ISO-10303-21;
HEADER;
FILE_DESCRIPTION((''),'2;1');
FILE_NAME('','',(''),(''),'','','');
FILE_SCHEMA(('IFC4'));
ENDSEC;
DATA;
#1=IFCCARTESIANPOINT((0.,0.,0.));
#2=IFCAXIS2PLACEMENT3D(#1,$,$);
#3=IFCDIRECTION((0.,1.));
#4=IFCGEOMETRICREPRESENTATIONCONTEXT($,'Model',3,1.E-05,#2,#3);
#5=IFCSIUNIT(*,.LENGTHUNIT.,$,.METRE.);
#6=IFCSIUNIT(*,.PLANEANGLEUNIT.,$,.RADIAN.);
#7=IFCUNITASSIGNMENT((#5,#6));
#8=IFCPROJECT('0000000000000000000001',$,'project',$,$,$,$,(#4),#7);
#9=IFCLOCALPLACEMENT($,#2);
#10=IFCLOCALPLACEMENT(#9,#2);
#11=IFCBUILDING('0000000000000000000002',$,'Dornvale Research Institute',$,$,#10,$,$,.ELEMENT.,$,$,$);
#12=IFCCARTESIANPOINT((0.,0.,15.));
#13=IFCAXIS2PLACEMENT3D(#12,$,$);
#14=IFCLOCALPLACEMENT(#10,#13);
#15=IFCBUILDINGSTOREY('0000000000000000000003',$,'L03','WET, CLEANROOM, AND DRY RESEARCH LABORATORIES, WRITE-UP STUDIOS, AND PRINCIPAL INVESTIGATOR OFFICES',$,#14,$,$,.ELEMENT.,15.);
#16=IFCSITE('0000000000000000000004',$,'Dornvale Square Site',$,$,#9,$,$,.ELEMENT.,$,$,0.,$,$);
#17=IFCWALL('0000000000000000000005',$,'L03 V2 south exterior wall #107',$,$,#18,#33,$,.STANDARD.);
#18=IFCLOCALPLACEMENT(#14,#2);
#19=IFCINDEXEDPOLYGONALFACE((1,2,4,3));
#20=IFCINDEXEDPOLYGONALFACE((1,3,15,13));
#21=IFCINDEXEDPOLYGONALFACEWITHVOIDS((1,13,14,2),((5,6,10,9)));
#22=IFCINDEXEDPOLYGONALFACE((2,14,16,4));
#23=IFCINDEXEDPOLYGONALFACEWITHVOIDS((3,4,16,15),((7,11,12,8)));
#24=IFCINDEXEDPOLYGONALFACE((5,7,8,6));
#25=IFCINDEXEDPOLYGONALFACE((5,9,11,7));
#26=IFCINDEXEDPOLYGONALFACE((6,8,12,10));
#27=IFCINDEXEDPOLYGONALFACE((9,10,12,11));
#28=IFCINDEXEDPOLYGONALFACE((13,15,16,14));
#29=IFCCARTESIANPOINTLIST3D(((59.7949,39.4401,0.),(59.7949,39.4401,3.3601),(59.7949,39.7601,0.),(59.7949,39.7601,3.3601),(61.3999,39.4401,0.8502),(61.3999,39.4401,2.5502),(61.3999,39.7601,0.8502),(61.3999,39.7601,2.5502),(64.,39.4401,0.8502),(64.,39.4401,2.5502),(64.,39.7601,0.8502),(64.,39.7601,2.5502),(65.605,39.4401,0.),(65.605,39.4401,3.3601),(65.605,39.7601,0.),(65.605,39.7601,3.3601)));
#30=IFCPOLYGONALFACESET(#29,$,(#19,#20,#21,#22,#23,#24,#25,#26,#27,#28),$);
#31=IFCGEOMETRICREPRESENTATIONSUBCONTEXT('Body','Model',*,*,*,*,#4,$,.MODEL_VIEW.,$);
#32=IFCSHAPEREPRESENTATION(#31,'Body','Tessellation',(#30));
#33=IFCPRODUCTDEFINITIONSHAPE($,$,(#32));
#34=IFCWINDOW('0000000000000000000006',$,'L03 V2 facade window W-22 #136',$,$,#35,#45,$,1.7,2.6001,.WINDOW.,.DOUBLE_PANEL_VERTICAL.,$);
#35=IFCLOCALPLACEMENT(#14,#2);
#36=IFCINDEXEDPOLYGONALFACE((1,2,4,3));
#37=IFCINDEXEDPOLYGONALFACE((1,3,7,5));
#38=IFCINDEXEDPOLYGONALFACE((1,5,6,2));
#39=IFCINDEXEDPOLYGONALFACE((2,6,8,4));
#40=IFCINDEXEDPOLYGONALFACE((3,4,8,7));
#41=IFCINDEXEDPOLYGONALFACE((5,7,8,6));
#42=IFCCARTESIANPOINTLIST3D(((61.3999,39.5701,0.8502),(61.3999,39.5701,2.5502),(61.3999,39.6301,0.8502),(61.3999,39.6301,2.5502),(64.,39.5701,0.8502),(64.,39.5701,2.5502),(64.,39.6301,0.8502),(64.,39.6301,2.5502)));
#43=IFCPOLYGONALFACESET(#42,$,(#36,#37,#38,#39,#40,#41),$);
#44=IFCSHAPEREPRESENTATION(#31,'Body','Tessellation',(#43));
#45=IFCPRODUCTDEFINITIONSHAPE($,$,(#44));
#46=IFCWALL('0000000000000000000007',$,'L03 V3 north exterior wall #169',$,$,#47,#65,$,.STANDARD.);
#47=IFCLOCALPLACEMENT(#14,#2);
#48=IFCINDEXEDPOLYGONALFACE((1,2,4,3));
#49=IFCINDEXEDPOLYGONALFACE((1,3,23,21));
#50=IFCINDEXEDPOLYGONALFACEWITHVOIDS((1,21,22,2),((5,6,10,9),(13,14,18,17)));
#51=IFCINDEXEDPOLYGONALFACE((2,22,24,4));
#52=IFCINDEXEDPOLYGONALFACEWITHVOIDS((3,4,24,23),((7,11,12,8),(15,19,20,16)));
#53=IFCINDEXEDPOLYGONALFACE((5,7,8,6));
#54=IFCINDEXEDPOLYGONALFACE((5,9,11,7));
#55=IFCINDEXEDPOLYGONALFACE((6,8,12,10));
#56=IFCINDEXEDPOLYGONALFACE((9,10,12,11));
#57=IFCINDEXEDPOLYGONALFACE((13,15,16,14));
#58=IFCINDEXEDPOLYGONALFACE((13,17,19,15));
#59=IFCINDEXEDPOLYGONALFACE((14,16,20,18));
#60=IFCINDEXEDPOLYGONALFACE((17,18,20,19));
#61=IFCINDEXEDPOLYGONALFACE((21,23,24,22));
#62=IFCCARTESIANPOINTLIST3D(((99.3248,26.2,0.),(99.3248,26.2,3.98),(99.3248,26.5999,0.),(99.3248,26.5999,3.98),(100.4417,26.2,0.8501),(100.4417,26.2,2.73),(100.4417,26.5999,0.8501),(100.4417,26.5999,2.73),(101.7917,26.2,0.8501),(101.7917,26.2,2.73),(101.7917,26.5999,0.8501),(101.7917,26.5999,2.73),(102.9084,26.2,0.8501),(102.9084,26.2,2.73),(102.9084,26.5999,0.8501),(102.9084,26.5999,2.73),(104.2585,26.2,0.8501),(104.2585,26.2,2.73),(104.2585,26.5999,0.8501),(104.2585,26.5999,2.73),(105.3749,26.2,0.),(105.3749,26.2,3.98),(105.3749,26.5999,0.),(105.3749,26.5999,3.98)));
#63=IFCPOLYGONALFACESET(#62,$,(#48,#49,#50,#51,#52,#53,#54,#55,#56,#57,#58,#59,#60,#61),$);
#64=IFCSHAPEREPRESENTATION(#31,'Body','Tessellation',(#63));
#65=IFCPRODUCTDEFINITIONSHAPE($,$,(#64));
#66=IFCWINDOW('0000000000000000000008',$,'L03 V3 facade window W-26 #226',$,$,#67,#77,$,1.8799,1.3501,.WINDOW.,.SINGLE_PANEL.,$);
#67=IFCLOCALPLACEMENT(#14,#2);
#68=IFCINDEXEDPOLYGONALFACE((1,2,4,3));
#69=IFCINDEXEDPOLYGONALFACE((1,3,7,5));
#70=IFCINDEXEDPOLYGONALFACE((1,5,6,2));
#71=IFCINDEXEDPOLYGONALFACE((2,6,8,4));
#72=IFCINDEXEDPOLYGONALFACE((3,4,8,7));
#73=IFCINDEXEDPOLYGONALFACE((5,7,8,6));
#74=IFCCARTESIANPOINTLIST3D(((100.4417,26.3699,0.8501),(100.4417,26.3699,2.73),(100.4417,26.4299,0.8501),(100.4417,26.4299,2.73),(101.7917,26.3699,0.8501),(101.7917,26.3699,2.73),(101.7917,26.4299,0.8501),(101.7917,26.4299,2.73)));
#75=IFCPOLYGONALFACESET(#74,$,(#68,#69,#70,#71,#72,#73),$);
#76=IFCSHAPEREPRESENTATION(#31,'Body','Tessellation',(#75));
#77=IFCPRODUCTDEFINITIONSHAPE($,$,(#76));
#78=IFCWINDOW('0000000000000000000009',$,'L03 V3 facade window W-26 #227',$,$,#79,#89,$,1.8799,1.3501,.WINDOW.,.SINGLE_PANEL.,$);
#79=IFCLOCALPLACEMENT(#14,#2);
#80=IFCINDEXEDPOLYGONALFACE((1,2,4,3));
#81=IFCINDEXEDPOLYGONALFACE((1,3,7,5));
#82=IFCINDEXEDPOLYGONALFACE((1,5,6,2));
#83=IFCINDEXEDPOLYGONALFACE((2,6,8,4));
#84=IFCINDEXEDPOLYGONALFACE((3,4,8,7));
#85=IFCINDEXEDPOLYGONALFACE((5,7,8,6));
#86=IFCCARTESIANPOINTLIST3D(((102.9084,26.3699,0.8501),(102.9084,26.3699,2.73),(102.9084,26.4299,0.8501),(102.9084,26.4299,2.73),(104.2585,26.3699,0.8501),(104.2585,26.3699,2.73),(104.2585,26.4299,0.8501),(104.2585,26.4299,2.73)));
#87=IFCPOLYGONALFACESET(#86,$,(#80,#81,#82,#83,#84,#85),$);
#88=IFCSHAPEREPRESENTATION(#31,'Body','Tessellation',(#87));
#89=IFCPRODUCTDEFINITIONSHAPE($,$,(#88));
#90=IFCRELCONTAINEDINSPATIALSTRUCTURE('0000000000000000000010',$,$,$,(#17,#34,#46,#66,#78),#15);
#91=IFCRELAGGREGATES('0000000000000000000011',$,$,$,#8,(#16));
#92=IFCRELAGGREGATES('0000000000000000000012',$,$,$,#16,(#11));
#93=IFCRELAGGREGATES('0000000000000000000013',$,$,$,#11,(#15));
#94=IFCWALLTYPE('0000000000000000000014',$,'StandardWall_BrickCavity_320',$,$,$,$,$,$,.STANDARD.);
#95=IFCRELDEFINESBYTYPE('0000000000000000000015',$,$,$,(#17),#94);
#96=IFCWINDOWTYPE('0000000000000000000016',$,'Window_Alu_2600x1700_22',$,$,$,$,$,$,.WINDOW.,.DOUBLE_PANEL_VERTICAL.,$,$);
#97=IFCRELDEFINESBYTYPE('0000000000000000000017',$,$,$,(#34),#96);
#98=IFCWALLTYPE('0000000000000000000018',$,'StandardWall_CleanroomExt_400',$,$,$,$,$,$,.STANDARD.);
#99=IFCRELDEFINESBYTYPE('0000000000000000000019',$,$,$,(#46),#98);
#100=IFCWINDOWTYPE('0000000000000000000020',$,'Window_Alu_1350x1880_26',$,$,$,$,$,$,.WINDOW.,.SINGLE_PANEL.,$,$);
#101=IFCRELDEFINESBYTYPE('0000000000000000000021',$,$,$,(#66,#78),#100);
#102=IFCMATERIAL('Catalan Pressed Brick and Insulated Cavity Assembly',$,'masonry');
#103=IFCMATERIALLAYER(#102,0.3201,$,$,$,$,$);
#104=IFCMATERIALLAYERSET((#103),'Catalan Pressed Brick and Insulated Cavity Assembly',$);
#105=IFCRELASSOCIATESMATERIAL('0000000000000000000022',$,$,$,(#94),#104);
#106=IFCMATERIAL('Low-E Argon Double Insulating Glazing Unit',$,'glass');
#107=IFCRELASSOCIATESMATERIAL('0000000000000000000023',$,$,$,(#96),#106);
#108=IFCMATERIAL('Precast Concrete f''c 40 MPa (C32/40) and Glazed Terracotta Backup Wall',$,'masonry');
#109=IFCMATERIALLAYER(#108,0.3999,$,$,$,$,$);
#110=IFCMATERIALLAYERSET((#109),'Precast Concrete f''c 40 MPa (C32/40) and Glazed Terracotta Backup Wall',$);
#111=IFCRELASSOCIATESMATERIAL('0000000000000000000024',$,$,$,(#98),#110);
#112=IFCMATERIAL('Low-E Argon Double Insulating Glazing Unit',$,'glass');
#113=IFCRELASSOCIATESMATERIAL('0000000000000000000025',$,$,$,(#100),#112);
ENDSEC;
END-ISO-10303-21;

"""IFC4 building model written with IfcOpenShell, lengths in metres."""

from ifc_helpers import new_model, si_unit, direction, frame, frame_2d, origin, place, context, subcontext, project, spatial, rectangle, extrude, material, layer, layer_set, type_object, element, fill, save


model = new_model("IFC4")

# Units and contexts
model_context = context("Model", 3, precision=1e-05, world=origin(), true_north=direction((0.0, 1.0)))
body_context = subcontext(model_context, "Body", "Model", "MODEL_VIEW")
ifc_project = project(units=[si_unit("LENGTHUNIT", "METRE"), si_unit("PLANEANGLEUNIT", "RADIAN")], contexts=[model_context])

# Site, building, storey
site_placement = place(None, origin())
site = spatial("IfcSite", under=ifc_project, at=site_placement, Name="Dornvale Square Site", CompositionType="ELEMENT", RefElevation=0.0)
building_placement = place(site_placement, origin())
building = spatial("IfcBuilding", under=site, at=building_placement, Name="Dornvale Research Institute", CompositionType="ELEMENT")
storey_placement = place(building_placement, frame((0.0, 0.0, 15.0)))
storey = spatial("IfcBuildingStorey", under=building, at=storey_placement, Name="L03", Description="WET, CLEANROOM, AND DRY RESEARCH LABORATORIES, WRITE-UP STUDIOS, AND PRINCIPAL INVESTIGATOR OFFICES", CompositionType="ELEMENT", Elevation=15.0)

# Wall, opening, window
ifc_material_1 = material(Name="Catalan Pressed Brick and Insulated Cavity Assembly", Category="masonry")
ifc_layer_1 = layer(ifc_material_1, 0.3201)
ifc_layer_set_1 = layer_set([ifc_layer_1], Name="Catalan Pressed Brick and Insulated Cavity Assembly")
wall_type_1 = type_object("IfcWallType", Name="StandardWall_BrickCavity_320", PredefinedType="STANDARD", material=ifc_layer_set_1)
wall_1_placement = place(storey_placement, frame((65.605, 39.6001, 0.0), z_axis=(0.0, 0.0, 1.0), x_axis=(-1.0, 0.0, 0.0)))
wall_1 = element("IfcWall", 1, at=wall_1_placement, inside=storey, type_object=wall_type_1, Name="L03 V2 south exterior wall #107", PredefinedType="STANDARD", context=body_context, shape_type="SweptSolid", body=[
    extrude(rectangle(XDim=5.8101, YDim=0.3201, at=frame_2d((2.905, 0.0))), origin(), (0.0, 0.0, 1.0), 3.3601),
])
opening_1_placement = place(wall_1_placement, frame((1.605, 0.0, 0.8501)))
opening_1 = element("IfcOpeningElement", 2, at=opening_1_placement, cuts=wall_1, PredefinedType="OPENING", context=body_context, shape_type="SweptSolid", body=[
    extrude(rectangle(XDim=2.6001, YDim=1.7, at=frame_2d((1.3, 0.8501))), frame((0.0, 0.175, 0.0), z_axis=(0.0, -1.0, 0.0), x_axis=(1.0, 0.0, 0.0)), (0.0, 0.0, 1.0), 0.3501),
])
ifc_material_2 = material(Name="Low-E Argon Double Insulating Glazing Unit", Category="glass")
window_type_1 = type_object("IfcWindowType", Name="Window_Alu_2600x1700_22", PartitioningType="DOUBLE_PANEL_VERTICAL", PredefinedType="WINDOW", material=ifc_material_2)
window_1_placement = place(opening_1_placement, origin())
window_1 = element("IfcWindow", 3, at=window_1_placement, inside=storey, type_object=window_type_1, Name="L03 V2 facade window W-22 #136", OverallHeight=1.7, OverallWidth=2.6001, PartitioningType="DOUBLE_PANEL_VERTICAL", PredefinedType="WINDOW", context=body_context, shape_type="SweptSolid", body=[
    extrude(rectangle(XDim=2.6001, YDim=1.7, at=frame_2d((1.3, 0.8501))), frame((0.0, 0.03, 0.0), z_axis=(0.0, -1.0, 0.0), x_axis=(1.0, 0.0, 0.0)), (0.0, 0.0, 1.0), 0.0601),
])
fill(opening_1, window_1)

# Wall, openings, windows
ifc_material_3 = material(Name="Precast Concrete f'c 40 MPa (C32/40) and Glazed Terracotta Backup Wall", Category="masonry")
ifc_layer_2 = layer(ifc_material_3, 0.3999)
ifc_layer_set_2 = layer_set([ifc_layer_2], Name="Precast Concrete f'c 40 MPa (C32/40) and Glazed Terracotta Backup Wall")
wall_type_2 = type_object("IfcWallType", Name="StandardWall_CleanroomExt_400", PredefinedType="STANDARD", material=ifc_layer_set_2)
wall_2_placement = place(storey_placement, frame((99.325, 26.3999, 0.0), z_axis=(0.0, 0.0, 1.0), x_axis=(1.0, 0.0, 0.0)))
wall_2 = element("IfcWall", 4, at=wall_2_placement, inside=storey, type_object=wall_type_2, Name="L03 V3 north exterior wall #169", PredefinedType="STANDARD", context=body_context, shape_type="SweptSolid", body=[
    extrude(rectangle(XDim=6.05, YDim=0.3999, at=frame_2d((3.0249, 0.0))), origin(), (0.0, 0.0, 1.0), 3.98),
])
opening_2_placement = place(wall_2_placement, frame((1.1167, 0.0, 0.8501)))
opening_2 = element("IfcOpeningElement", 5, at=opening_2_placement, cuts=wall_2, PredefinedType="OPENING", context=body_context, shape_type="SweptSolid", body=[
    extrude(rectangle(XDim=1.3501, YDim=1.8799, at=frame_2d((0.675, 0.9399))), frame((0.0, 0.2148, 0.0), z_axis=(0.0, -1.0, 0.0), x_axis=(1.0, 0.0, 0.0)), (0.0, 0.0, 1.0), 0.4299),
])
opening_3_placement = place(wall_2_placement, frame((3.5835, 0.0, 0.8501)))
opening_3 = element("IfcOpeningElement", 6, at=opening_3_placement, cuts=wall_2, PredefinedType="OPENING", context=body_context, shape_type="SweptSolid", body=[
    extrude(rectangle(XDim=1.3501, YDim=1.8799, at=frame_2d((0.675, 0.9399))), frame((0.0, 0.2148, 0.0), z_axis=(0.0, -1.0, 0.0), x_axis=(1.0, 0.0, 0.0)), (0.0, 0.0, 1.0), 0.4299),
])
ifc_material_4 = material(Name="Low-E Argon Double Insulating Glazing Unit", Category="glass")
window_type_2 = type_object("IfcWindowType", Name="Window_Alu_1350x1880_26", PartitioningType="SINGLE_PANEL", PredefinedType="WINDOW", material=ifc_material_4)
window_2_placement = place(opening_2_placement, origin())
window_2 = element("IfcWindow", 7, at=window_2_placement, inside=storey, type_object=window_type_2, Name="L03 V3 facade window W-26 #226", OverallHeight=1.8799, OverallWidth=1.3501, PartitioningType="SINGLE_PANEL", PredefinedType="WINDOW", context=body_context, shape_type="SweptSolid", body=[
    extrude(rectangle(XDim=1.3501, YDim=1.8799, at=frame_2d((0.675, 0.9399))), frame((0.0, 0.03, 0.0), z_axis=(0.0, -1.0, 0.0), x_axis=(1.0, 0.0, 0.0)), (0.0, 0.0, 1.0), 0.0601),
])
fill(opening_2, window_2)
window_3_placement = place(opening_3_placement, origin())
window_3 = element("IfcWindow", 8, at=window_3_placement, inside=storey, type_object=window_type_2, Name="L03 V3 facade window W-26 #227", OverallHeight=1.8799, OverallWidth=1.3501, PartitioningType="SINGLE_PANEL", PredefinedType="WINDOW", context=body_context, shape_type="SweptSolid", body=[
    extrude(rectangle(XDim=1.3501, YDim=1.8799, at=frame_2d((0.675, 0.9399))), frame((0.0, 0.03, 0.0), z_axis=(0.0, -1.0, 0.0), x_axis=(1.0, 0.0, 0.0)), (0.0, 0.0, 1.0), 0.0601),
])
fill(opening_3, window_3)

save(model, "model.ifc")
